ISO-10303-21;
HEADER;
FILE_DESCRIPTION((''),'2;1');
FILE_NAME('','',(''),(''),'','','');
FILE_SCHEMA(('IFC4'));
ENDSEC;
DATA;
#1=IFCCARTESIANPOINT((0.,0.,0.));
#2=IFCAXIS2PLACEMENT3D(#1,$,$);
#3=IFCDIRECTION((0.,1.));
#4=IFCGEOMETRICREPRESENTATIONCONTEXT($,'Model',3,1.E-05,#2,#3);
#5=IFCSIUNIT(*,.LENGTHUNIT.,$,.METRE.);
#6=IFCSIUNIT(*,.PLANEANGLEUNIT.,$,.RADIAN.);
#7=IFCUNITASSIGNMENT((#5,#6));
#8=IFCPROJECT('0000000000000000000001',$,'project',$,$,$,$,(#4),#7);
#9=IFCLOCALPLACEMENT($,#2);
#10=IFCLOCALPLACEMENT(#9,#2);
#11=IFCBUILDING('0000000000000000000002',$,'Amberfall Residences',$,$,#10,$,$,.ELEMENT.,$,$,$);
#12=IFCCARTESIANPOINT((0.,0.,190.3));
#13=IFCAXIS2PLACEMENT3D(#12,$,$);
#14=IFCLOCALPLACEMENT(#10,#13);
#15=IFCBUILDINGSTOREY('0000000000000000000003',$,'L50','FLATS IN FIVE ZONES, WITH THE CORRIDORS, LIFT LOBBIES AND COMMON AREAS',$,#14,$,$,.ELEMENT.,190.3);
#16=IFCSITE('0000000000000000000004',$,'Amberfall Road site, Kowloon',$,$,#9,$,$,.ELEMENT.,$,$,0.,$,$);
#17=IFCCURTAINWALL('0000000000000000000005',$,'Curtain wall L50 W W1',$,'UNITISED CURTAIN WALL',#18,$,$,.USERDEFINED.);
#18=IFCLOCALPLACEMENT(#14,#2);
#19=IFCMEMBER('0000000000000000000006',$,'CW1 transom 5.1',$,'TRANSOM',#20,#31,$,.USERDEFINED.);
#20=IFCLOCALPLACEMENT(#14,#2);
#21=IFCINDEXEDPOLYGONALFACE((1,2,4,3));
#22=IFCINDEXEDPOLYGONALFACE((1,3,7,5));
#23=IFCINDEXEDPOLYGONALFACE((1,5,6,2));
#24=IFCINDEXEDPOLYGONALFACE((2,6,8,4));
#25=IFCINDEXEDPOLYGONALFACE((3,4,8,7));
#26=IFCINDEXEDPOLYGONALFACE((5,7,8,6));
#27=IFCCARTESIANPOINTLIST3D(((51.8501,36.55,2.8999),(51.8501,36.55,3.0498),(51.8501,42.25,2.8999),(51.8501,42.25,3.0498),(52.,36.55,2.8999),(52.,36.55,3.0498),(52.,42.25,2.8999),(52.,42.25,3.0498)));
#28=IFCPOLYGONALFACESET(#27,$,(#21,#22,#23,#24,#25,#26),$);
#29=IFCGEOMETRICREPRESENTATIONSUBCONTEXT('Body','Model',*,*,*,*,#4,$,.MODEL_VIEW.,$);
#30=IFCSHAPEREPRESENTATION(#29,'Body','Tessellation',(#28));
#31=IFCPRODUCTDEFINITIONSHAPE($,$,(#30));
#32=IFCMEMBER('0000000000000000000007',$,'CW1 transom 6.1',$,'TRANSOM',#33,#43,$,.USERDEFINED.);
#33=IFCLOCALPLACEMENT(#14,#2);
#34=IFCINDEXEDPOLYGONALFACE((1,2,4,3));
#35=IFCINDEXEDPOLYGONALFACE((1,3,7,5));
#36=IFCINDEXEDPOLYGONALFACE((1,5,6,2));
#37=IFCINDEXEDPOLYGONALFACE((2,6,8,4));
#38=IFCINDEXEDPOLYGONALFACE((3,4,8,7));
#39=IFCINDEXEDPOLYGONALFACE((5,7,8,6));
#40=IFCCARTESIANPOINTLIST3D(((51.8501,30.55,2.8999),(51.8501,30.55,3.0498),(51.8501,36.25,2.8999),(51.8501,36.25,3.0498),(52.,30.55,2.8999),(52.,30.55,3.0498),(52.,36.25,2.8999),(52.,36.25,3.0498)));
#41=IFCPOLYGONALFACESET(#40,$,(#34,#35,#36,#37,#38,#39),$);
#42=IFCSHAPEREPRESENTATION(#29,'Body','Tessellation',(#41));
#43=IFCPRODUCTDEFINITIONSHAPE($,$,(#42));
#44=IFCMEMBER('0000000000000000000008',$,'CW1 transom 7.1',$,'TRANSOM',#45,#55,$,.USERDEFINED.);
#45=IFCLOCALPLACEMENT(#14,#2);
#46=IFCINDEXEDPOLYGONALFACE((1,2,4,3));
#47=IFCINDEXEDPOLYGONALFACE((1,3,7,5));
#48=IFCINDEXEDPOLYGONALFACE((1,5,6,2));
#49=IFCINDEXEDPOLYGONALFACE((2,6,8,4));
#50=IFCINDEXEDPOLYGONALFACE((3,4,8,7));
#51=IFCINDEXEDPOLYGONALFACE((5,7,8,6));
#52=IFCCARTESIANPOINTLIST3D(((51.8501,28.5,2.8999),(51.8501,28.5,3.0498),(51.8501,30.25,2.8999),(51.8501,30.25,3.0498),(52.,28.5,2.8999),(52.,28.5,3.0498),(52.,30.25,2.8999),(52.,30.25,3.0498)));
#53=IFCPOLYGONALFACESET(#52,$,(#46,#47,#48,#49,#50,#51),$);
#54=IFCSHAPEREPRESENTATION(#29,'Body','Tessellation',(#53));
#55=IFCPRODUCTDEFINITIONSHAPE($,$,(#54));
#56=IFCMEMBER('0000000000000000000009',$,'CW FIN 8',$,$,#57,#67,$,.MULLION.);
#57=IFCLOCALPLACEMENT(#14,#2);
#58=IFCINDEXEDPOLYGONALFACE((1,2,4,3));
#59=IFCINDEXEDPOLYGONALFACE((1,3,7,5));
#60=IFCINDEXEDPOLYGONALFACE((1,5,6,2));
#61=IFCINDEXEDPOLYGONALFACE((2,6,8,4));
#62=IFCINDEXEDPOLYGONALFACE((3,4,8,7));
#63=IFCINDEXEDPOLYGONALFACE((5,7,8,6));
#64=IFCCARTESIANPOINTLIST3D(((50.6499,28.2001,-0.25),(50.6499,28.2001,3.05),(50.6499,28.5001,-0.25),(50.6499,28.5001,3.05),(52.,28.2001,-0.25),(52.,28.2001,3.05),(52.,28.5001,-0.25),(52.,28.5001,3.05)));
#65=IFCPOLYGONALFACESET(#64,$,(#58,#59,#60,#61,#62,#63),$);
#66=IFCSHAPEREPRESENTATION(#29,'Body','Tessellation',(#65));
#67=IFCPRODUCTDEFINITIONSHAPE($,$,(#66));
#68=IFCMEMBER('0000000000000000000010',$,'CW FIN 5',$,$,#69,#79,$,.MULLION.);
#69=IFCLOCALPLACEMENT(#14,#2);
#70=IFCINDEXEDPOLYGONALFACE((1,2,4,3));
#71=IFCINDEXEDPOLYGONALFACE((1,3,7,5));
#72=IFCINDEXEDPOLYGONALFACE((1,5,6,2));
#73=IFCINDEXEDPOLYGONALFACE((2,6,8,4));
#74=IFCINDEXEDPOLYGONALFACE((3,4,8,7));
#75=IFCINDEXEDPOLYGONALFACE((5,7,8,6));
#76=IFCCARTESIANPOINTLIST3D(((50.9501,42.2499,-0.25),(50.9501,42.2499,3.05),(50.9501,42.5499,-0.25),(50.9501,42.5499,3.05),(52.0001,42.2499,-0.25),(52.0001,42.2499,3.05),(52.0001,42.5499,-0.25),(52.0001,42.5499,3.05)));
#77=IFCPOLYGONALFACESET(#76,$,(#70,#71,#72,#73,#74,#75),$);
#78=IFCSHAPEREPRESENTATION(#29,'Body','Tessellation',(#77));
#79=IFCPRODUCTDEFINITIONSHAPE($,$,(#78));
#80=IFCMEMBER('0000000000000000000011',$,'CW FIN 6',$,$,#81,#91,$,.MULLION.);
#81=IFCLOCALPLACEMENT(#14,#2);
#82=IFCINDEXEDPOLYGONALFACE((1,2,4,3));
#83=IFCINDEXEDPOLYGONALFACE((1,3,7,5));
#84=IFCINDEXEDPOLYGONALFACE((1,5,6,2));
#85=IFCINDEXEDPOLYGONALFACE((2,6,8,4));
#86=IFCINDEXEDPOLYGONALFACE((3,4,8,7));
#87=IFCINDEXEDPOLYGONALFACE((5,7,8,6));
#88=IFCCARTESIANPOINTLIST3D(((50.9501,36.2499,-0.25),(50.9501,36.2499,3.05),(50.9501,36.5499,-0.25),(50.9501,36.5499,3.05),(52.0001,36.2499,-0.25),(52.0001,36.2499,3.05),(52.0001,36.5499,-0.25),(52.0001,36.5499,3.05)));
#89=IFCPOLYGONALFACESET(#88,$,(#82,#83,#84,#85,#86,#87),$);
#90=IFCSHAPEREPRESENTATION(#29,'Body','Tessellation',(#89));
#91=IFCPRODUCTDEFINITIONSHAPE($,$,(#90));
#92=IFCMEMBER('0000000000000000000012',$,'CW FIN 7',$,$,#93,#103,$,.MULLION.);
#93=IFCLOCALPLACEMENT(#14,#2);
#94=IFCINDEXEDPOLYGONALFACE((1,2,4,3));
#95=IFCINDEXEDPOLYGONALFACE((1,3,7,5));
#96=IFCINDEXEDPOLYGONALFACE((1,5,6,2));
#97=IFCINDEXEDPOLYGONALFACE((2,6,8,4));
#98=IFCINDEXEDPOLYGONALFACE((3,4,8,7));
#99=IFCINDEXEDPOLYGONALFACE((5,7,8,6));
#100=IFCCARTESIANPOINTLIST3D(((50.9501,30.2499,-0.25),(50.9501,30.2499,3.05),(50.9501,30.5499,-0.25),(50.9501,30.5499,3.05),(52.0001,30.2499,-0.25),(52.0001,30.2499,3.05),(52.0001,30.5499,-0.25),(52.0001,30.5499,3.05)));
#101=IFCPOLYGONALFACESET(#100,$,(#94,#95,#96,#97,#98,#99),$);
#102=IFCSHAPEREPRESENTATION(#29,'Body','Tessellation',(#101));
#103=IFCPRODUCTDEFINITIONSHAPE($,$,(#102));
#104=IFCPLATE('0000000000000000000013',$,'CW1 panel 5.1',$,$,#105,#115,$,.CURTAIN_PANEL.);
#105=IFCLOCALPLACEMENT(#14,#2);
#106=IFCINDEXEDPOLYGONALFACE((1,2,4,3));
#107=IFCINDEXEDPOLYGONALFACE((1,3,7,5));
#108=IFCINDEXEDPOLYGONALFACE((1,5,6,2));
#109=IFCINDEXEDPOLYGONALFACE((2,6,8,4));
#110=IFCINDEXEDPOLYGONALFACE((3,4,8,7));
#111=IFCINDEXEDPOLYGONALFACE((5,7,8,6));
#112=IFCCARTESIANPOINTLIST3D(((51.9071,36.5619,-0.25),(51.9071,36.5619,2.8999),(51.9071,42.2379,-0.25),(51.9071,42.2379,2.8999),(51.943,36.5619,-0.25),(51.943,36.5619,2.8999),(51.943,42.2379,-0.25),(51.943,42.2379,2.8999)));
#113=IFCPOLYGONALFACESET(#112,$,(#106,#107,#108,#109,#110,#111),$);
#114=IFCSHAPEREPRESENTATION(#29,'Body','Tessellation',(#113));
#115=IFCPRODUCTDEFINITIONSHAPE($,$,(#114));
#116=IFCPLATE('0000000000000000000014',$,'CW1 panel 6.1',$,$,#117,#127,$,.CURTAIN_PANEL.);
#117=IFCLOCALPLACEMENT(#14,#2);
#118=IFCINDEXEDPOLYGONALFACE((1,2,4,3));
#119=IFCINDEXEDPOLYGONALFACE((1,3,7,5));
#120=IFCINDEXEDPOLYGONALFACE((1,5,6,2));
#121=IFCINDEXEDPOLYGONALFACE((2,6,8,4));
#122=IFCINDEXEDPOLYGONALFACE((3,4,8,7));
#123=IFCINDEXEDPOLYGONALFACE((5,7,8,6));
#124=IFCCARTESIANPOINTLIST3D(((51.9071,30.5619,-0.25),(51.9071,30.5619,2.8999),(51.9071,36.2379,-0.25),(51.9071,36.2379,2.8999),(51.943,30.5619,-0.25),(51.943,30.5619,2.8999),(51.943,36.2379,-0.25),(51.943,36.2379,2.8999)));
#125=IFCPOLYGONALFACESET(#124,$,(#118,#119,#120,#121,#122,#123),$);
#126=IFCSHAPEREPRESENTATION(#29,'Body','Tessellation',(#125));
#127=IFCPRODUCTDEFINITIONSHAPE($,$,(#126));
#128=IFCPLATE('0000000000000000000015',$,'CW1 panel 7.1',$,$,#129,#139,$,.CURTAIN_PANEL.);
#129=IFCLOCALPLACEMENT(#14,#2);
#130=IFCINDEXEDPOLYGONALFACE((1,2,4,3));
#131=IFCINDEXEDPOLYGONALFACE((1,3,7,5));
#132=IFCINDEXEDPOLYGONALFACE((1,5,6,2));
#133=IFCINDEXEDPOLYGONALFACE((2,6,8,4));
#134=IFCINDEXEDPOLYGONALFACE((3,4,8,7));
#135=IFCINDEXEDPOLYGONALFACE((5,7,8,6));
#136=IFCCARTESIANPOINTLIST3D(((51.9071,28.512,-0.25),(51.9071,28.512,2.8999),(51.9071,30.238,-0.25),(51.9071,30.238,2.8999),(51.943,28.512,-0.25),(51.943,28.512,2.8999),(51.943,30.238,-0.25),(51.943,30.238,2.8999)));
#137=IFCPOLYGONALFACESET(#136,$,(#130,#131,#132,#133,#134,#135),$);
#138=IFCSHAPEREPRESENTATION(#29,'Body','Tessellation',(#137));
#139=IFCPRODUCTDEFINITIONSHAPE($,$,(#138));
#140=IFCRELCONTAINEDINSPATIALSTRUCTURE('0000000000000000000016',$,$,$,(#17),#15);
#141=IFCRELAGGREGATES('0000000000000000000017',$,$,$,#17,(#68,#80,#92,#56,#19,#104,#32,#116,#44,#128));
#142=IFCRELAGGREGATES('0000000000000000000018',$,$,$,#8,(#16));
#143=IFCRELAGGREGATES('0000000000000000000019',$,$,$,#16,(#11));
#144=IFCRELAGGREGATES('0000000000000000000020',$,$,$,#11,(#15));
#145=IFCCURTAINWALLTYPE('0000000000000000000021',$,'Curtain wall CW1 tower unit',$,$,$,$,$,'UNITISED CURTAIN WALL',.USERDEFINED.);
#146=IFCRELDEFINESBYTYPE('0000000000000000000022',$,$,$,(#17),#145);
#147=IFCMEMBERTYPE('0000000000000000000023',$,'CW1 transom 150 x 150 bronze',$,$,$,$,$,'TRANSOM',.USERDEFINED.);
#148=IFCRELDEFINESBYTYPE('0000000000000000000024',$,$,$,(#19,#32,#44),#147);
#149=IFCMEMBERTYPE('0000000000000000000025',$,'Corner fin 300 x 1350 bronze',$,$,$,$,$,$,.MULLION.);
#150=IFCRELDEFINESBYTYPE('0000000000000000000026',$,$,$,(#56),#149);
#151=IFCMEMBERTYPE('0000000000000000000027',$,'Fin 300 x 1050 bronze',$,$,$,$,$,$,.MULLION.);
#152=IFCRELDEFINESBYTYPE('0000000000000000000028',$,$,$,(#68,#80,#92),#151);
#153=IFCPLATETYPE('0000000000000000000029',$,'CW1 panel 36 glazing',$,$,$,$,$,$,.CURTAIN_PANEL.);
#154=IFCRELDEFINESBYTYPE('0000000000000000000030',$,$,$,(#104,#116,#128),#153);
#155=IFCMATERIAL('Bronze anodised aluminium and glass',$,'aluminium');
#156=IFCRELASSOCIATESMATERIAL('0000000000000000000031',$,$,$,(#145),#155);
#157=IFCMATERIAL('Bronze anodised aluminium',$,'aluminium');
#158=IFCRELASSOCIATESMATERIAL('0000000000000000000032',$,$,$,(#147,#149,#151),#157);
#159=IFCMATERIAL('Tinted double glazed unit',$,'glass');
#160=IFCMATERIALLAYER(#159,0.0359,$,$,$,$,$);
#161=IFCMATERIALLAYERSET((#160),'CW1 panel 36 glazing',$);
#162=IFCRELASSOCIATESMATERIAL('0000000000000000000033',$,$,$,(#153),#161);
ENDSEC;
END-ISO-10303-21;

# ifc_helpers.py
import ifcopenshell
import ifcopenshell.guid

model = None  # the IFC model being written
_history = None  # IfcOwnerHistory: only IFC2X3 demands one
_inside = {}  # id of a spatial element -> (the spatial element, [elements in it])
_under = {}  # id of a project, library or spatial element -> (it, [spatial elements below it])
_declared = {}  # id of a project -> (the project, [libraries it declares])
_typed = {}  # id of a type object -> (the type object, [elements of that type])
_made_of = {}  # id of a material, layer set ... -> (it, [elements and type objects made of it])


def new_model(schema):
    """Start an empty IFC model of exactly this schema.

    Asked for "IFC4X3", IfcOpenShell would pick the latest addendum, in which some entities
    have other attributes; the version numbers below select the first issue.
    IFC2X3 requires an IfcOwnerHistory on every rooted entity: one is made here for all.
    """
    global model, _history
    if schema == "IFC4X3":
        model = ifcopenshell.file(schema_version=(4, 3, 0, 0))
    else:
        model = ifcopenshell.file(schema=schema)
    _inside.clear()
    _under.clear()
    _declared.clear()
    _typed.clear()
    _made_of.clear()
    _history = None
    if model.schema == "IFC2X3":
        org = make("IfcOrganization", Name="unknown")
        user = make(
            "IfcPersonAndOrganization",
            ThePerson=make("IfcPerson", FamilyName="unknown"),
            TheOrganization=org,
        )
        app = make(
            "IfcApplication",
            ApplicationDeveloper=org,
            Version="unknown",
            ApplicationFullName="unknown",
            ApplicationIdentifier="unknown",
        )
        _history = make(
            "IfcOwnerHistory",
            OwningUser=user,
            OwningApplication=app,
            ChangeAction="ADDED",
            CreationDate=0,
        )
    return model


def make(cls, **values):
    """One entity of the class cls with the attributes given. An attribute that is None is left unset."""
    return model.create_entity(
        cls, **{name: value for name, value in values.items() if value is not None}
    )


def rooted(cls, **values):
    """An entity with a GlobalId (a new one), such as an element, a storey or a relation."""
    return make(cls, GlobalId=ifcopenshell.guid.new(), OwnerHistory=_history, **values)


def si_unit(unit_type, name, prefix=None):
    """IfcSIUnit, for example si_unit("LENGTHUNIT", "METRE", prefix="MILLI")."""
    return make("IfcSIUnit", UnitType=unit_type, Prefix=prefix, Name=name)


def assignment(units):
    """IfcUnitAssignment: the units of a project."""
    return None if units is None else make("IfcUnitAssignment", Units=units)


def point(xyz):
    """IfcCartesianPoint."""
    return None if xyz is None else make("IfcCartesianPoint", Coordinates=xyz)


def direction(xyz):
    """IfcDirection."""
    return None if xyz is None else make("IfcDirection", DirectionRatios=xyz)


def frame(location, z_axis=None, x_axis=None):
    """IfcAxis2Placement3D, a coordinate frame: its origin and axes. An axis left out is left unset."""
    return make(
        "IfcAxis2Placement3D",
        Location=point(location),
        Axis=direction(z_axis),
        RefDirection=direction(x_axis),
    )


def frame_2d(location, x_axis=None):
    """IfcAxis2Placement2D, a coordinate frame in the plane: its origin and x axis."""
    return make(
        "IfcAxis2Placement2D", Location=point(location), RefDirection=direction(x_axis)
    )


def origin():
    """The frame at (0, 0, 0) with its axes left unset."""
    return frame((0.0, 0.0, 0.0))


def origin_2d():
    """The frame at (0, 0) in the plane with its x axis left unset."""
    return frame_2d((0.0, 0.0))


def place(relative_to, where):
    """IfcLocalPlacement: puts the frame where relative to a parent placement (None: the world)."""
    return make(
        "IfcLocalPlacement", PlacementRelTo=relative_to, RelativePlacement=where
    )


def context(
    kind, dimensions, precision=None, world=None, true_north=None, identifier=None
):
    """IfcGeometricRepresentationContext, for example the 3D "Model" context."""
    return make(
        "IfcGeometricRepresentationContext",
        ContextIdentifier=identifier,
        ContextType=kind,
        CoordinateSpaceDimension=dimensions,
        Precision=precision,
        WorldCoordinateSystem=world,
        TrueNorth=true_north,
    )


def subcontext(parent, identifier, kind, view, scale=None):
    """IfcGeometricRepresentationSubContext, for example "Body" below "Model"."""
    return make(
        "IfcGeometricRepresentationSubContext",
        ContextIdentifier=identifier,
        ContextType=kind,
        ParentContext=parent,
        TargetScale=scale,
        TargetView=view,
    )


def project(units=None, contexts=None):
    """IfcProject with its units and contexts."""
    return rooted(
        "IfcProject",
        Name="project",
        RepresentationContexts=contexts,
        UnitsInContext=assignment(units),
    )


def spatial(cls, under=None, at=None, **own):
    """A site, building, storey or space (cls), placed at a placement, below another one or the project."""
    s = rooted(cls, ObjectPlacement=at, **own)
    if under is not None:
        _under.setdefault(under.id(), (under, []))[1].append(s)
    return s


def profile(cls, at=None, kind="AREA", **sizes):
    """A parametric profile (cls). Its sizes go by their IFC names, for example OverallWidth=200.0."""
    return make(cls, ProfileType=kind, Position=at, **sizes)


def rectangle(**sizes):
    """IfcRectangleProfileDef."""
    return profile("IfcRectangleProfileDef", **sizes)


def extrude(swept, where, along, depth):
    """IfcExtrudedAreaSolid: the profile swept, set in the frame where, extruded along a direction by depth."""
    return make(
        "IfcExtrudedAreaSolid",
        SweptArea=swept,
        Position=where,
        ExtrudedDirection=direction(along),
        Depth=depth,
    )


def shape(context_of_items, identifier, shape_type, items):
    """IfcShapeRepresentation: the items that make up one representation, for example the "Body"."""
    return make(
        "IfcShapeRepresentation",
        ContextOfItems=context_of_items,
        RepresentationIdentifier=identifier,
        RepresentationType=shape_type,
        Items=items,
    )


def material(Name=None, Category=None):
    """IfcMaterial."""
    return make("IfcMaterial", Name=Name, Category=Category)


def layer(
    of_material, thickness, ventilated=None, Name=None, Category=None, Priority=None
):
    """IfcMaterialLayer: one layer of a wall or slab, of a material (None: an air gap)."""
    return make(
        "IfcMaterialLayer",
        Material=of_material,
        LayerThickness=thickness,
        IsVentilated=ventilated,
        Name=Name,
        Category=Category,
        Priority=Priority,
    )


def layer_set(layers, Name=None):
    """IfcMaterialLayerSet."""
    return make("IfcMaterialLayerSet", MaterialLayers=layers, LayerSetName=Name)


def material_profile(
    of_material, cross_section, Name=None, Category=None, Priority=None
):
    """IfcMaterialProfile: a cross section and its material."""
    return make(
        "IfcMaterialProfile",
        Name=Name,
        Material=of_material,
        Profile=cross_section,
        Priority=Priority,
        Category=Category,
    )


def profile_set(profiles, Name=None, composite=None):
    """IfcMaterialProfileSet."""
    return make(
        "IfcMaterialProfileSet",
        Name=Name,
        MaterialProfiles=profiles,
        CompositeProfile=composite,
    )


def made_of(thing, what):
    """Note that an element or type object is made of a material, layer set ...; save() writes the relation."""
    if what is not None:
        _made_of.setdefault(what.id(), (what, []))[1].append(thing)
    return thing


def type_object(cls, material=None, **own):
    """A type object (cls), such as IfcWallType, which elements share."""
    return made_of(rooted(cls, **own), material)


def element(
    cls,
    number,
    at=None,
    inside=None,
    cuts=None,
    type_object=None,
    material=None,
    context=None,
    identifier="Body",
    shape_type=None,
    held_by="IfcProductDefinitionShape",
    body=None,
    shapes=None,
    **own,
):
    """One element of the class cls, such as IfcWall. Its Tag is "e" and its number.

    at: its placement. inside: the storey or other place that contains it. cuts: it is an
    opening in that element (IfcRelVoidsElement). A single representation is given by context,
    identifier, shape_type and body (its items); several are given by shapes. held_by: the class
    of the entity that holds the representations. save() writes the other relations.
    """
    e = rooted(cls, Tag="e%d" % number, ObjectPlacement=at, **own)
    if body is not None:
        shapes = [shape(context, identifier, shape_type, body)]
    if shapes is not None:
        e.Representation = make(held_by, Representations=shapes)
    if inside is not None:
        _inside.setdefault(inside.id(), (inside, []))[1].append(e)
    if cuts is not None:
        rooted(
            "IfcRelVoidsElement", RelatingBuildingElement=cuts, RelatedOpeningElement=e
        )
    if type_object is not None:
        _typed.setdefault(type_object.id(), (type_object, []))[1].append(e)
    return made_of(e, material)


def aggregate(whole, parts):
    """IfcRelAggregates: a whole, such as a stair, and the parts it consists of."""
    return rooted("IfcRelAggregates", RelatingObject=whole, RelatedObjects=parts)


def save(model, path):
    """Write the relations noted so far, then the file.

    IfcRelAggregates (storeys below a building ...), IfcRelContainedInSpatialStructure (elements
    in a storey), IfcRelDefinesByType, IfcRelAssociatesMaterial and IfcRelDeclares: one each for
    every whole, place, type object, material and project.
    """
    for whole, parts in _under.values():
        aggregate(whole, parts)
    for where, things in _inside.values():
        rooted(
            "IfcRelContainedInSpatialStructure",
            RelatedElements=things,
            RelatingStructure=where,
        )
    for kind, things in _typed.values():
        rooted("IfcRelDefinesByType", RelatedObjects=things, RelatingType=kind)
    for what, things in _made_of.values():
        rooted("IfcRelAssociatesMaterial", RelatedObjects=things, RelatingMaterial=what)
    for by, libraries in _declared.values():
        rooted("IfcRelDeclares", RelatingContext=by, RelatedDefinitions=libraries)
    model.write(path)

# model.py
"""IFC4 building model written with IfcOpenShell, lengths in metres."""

from ifc_helpers import new_model, si_unit, direction, frame, origin, origin_2d, place, context, subcontext, project, spatial, rectangle, extrude, material, layer, layer_set, material_profile, profile_set, type_object, element, aggregate, save


model = new_model("IFC4")

# Units and contexts
model_context = context("Model", 3, precision=1e-05, world=origin(), true_north=direction((0.0, 1.0)))
body_context = subcontext(model_context, "Body", "Model", "MODEL_VIEW")
ifc_project = project(units=[si_unit("LENGTHUNIT", "METRE"), si_unit("PLANEANGLEUNIT", "RADIAN")], contexts=[model_context])

# Site, building, storey
site_placement = place(None, origin())
site = spatial("IfcSite", under=ifc_project, at=site_placement, Name="Amberfall Road site, Kowloon", CompositionType="ELEMENT", RefElevation=0.0)
building_placement = place(site_placement, origin())
building = spatial("IfcBuilding", under=site, at=building_placement, Name="Amberfall Residences", CompositionType="ELEMENT")
storey_placement = place(building_placement, frame((0.0, 0.0, 190.3)))
storey = spatial("IfcBuildingStorey", under=building, at=storey_placement, Name="L50", Description="FLATS IN FIVE ZONES, WITH THE CORRIDORS, LIFT LOBBIES AND COMMON AREAS", CompositionType="ELEMENT", Elevation=190.3)

# Curtain wall, members, plates
ifc_material_1 = material(Name="Bronze anodised aluminium and glass", Category="aluminium")
curtain_wall_type = type_object("IfcCurtainWallType", Name="Curtain wall CW1 tower unit", ElementType="UNITISED CURTAIN WALL", PredefinedType="USERDEFINED", material=ifc_material_1)
curtain_wall_placement = place(storey_placement, origin())
curtain_wall = element("IfcCurtainWall", 1, at=curtain_wall_placement, inside=storey, type_object=curtain_wall_type, Name="Curtain wall L50 W W1", ObjectType="UNITISED CURTAIN WALL", PredefinedType="USERDEFINED")
ifc_material_2 = material(Name="Bronze anodised aluminium", Category="aluminium")
ifc_material_profile_1 = material_profile(ifc_material_2, rectangle(XDim=0.1499, YDim=0.1499, at=origin_2d()), Name="CW1 transom 150 x 150 bronze")
ifc_profile_set_1 = profile_set([ifc_material_profile_1], Name="Bronze anodised aluminium")
member_type_1 = type_object("IfcMemberType", Name="CW1 transom 150 x 150 bronze", ElementType="TRANSOM", PredefinedType="USERDEFINED", material=ifc_profile_set_1)
member_1_placement = place(storey_placement, frame((51.925, 42.25, 2.9749), z_axis=(0.0, -1.0, 0.0), x_axis=(1.0, 0.0, 0.0)))
member_1 = element("IfcMember", 2, at=member_1_placement, type_object=member_type_1, Name="CW1 transom 5.1", ObjectType="TRANSOM", PredefinedType="USERDEFINED", context=body_context, shape_type="SweptSolid", body=[
    extrude(rectangle(XDim=0.1499, YDim=0.1499, at=origin_2d()), origin(), (0.0, 0.0, 1.0), 5.7),
])
member_2_placement = place(storey_placement, frame((51.925, 36.25, 2.9749), z_axis=(0.0, -1.0, 0.0), x_axis=(1.0, 0.0, 0.0)))
member_2 = element("IfcMember", 3, at=member_2_placement, type_object=member_type_1, Name="CW1 transom 6.1", ObjectType="TRANSOM", PredefinedType="USERDEFINED", context=body_context, shape_type="SweptSolid", body=[
    extrude(rectangle(XDim=0.1499, YDim=0.1499, at=origin_2d()), origin(), (0.0, 0.0, 1.0), 5.7),
])
member_3_placement = place(storey_placement, frame((51.925, 30.25, 2.9749), z_axis=(0.0, -1.0, 0.0), x_axis=(1.0, 0.0, 0.0)))
member_3 = element("IfcMember", 4, at=member_3_placement, type_object=member_type_1, Name="CW1 transom 7.1", ObjectType="TRANSOM", PredefinedType="USERDEFINED", context=body_context, shape_type="SweptSolid", body=[
    extrude(rectangle(XDim=0.1499, YDim=0.1499, at=origin_2d()), origin(), (0.0, 0.0, 1.0), 1.75),
])
ifc_material_profile_2 = material_profile(ifc_material_2, rectangle(XDim=1.3501, YDim=0.3, at=origin_2d()), Name="Corner fin 300 x 1350 bronze")
ifc_profile_set_2 = profile_set([ifc_material_profile_2], Name="Bronze anodised aluminium")
member_type_2 = type_object("IfcMemberType", Name="Corner fin 300 x 1350 bronze", PredefinedType="MULLION", material=ifc_profile_set_2)
member_4_placement = place(storey_placement, frame((51.325, 28.3501, -0.25), z_axis=(0.0, 0.0, 1.0), x_axis=(1.0, 0.0, 0.0)))
member_4 = element("IfcMember", 5, at=member_4_placement, type_object=member_type_2, Name="CW FIN 8", PredefinedType="MULLION", context=body_context, shape_type="SweptSolid", body=[
    extrude(rectangle(XDim=1.3501, YDim=0.3, at=origin_2d()), origin(), (0.0, 0.0, 1.0), 3.3),
])
ifc_material_profile_3 = material_profile(ifc_material_2, rectangle(XDim=1.05, YDim=0.3, at=origin_2d()), Name="Fin 300 x 1050 bronze")
ifc_profile_set_3 = profile_set([ifc_material_profile_3], Name="Bronze anodised aluminium")
member_type_3 = type_object("IfcMemberType", Name="Fin 300 x 1050 bronze", PredefinedType="MULLION", material=ifc_profile_set_3)
member_5_placement = place(storey_placement, frame((51.4751, 42.3999, -0.25), z_axis=(0.0, 0.0, 1.0), x_axis=(1.0, 0.0, 0.0)))
member_5 = element("IfcMember", 6, at=member_5_placement, type_object=member_type_3, Name="CW FIN 5", PredefinedType="MULLION", context=body_context, shape_type="SweptSolid", body=[
    extrude(rectangle(XDim=1.05, YDim=0.3, at=origin_2d()), origin(), (0.0, 0.0, 1.0), 3.3),
])
member_6_placement = place(storey_placement, frame((51.4751, 36.3999, -0.25), z_axis=(0.0, 0.0, 1.0), x_axis=(1.0, 0.0, 0.0)))
member_6 = element("IfcMember", 7, at=member_6_placement, type_object=member_type_3, Name="CW FIN 6", PredefinedType="MULLION", context=body_context, shape_type="SweptSolid", body=[
    extrude(rectangle(XDim=1.05, YDim=0.3, at=origin_2d()), origin(), (0.0, 0.0, 1.0), 3.3),
])
member_7_placement = place(storey_placement, frame((51.4751, 30.3999, -0.25), z_axis=(0.0, 0.0, 1.0), x_axis=(1.0, 0.0, 0.0)))
member_7 = element("IfcMember", 8, at=member_7_placement, type_object=member_type_3, Name="CW FIN 7", PredefinedType="MULLION", context=body_context, shape_type="SweptSolid", body=[
    extrude(rectangle(XDim=1.05, YDim=0.3, at=origin_2d()), origin(), (0.0, 0.0, 1.0), 3.3),
])
ifc_material_3 = material(Name="Tinted double glazed unit", Category="glass")
ifc_layer_1 = layer(ifc_material_3, 0.0359)
ifc_layer_set_1 = layer_set([ifc_layer_1], Name="CW1 panel 36 glazing")
plate_type = type_object("IfcPlateType", Name="CW1 panel 36 glazing", PredefinedType="CURTAIN_PANEL", material=ifc_layer_set_1)
plate_1_placement = place(storey_placement, frame((51.925, 39.3999, -0.25), z_axis=(0.0, 0.0, 1.0), x_axis=(0.0, -1.0, 0.0)))
plate_1 = element("IfcPlate", 9, at=plate_1_placement, type_object=plate_type, Name="CW1 panel 5.1", PredefinedType="CURTAIN_PANEL", context=body_context, shape_type="SweptSolid", body=[
    extrude(rectangle(XDim=5.676, YDim=0.0359, at=origin_2d()), origin(), (0.0, 0.0, 1.0), 3.1499),
])
plate_2_placement = place(storey_placement, frame((51.925, 33.3999, -0.25), z_axis=(0.0, 0.0, 1.0), x_axis=(0.0, -1.0, 0.0)))
plate_2 = element("IfcPlate", 10, at=plate_2_placement, type_object=plate_type, Name="CW1 panel 6.1", PredefinedType="CURTAIN_PANEL", context=body_context, shape_type="SweptSolid", body=[
    extrude(rectangle(XDim=5.676, YDim=0.0359, at=origin_2d()), origin(), (0.0, 0.0, 1.0), 3.1499),
])
plate_3_placement = place(storey_placement, frame((51.925, 29.375, -0.25), z_axis=(0.0, 0.0, 1.0), x_axis=(0.0, -1.0, 0.0)))
plate_3 = element("IfcPlate", 11, at=plate_3_placement, type_object=plate_type, Name="CW1 panel 7.1", PredefinedType="CURTAIN_PANEL", context=body_context, shape_type="SweptSolid", body=[
    extrude(rectangle(XDim=1.7261, YDim=0.0359, at=origin_2d()), origin(), (0.0, 0.0, 1.0), 3.1499),
])
aggregate(curtain_wall, [member_5, member_6, member_7, member_4, member_1, plate_1, member_2, plate_2, member_3, plate_3])

save(model, "model.ifc")
